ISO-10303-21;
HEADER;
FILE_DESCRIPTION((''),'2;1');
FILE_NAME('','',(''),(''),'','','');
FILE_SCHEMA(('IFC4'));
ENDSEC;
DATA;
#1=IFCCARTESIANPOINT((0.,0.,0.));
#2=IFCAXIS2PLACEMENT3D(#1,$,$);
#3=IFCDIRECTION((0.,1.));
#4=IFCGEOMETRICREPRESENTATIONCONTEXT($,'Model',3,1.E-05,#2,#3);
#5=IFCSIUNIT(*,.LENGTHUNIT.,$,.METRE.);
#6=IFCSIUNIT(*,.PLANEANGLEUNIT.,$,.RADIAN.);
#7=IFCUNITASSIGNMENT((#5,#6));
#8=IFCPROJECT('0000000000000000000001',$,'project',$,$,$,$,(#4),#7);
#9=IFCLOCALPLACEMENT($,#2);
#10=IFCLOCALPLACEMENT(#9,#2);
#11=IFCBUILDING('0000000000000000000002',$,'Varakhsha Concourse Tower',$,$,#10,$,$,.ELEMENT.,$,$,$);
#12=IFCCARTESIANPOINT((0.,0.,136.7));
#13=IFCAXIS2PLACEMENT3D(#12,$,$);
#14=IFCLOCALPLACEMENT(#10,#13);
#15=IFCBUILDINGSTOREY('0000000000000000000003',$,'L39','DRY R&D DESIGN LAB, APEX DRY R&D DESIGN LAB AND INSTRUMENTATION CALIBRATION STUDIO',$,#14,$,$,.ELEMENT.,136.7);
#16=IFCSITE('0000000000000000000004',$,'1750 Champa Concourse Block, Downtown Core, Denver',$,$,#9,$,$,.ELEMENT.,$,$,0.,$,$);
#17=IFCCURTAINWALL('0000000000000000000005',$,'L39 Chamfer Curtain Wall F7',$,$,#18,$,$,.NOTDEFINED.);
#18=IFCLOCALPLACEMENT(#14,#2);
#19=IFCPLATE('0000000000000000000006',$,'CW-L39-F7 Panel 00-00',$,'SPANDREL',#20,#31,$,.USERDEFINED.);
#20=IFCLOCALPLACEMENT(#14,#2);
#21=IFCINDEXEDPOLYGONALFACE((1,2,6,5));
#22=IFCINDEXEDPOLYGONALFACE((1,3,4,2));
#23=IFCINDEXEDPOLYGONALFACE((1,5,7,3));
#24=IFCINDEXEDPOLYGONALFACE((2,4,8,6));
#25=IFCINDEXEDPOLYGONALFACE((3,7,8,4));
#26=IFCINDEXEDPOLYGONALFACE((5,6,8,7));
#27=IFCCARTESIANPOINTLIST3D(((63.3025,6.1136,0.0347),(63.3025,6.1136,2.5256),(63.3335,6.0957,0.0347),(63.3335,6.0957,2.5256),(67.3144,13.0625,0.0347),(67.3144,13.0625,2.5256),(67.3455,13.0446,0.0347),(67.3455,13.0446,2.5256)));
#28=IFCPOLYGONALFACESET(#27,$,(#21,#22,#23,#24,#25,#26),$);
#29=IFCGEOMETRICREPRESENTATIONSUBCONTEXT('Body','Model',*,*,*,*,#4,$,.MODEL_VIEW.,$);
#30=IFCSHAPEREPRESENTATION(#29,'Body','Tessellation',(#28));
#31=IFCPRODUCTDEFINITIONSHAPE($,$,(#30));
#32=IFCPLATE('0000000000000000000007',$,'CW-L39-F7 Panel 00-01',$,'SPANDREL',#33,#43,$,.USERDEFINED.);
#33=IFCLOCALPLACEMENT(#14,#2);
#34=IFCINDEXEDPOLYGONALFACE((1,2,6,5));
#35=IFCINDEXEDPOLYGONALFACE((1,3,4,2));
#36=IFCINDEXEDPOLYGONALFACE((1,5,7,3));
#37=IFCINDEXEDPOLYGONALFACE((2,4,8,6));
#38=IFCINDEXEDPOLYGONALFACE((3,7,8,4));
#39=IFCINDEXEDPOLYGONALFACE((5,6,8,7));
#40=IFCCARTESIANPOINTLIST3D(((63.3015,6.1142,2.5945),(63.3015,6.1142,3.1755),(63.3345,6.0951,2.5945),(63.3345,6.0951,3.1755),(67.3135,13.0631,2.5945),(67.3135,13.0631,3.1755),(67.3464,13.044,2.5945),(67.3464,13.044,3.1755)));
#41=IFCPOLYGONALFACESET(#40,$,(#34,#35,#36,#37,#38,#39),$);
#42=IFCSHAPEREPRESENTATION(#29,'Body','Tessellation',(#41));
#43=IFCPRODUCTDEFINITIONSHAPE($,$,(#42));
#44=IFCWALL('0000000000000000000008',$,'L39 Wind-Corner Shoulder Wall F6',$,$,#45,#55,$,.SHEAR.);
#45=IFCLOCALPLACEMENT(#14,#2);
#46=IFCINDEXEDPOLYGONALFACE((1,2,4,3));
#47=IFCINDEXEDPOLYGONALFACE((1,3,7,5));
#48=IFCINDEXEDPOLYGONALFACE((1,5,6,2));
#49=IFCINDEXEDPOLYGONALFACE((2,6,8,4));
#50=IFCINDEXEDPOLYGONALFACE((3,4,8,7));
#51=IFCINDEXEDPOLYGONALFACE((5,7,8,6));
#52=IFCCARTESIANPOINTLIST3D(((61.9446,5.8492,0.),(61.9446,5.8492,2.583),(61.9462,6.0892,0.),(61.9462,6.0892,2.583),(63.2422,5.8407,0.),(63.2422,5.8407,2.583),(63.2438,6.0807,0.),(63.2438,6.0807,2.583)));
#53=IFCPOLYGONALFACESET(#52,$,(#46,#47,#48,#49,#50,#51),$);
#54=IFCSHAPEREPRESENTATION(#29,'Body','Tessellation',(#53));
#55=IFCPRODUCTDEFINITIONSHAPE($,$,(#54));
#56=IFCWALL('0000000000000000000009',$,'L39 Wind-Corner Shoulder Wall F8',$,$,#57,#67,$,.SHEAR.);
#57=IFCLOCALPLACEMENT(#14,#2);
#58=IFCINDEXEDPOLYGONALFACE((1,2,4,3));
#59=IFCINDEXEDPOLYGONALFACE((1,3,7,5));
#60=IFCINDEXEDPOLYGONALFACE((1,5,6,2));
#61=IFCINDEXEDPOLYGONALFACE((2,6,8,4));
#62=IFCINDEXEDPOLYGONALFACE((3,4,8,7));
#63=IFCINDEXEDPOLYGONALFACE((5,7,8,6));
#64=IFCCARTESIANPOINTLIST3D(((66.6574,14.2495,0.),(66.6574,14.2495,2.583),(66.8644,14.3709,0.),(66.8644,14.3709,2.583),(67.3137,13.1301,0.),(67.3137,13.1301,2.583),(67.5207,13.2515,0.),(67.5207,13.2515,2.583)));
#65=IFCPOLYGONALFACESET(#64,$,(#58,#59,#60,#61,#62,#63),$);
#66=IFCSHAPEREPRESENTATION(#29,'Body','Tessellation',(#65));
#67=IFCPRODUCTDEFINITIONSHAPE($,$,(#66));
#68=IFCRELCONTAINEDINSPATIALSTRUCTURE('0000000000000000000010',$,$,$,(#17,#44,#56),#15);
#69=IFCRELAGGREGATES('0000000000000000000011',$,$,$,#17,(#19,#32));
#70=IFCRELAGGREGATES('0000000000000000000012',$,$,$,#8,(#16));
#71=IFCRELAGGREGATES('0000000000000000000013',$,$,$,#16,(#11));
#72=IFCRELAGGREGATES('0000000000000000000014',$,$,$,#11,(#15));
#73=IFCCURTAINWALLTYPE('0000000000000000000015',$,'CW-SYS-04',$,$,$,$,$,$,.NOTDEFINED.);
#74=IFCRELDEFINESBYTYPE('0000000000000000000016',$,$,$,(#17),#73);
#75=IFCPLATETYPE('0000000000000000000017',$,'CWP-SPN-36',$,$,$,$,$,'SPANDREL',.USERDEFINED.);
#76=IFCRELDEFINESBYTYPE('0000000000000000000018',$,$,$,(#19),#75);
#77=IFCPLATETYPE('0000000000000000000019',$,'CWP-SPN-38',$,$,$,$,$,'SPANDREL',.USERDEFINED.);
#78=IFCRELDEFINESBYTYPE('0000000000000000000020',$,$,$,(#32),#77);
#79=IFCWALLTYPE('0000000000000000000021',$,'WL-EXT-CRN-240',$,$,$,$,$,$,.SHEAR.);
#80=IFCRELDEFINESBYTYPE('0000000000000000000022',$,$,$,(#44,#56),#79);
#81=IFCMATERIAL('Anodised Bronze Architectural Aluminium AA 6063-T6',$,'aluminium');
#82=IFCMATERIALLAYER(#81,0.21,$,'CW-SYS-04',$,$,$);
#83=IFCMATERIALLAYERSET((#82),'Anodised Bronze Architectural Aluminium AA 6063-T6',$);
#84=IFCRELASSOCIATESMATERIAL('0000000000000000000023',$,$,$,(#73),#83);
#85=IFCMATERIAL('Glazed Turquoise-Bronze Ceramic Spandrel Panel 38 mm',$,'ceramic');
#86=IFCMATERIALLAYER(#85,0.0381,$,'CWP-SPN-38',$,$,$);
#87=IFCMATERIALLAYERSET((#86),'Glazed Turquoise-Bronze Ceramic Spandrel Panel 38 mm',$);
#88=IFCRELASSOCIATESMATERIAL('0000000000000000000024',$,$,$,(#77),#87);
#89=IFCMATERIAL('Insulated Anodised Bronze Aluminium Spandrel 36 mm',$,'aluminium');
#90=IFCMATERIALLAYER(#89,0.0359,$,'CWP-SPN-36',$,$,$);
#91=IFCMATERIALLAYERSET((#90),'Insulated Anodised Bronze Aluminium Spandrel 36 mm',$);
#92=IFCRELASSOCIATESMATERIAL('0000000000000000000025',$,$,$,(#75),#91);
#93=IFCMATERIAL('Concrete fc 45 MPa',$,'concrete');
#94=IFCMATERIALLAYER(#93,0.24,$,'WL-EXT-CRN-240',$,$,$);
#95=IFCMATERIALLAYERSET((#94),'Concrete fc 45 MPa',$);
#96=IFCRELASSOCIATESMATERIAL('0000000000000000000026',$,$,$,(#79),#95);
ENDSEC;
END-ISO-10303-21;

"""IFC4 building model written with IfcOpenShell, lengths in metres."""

from ifc_helpers import new_model, si_unit, direction, frame, frame_2d, origin, origin_2d, place, context, subcontext, project, spatial, rectangle, extrude, source, transform, mapped, material, layer, layer_set, type_object, type_shapes, element, aggregate, save


model = new_model("IFC4")

# Units and contexts
model_context = context("Model", 3, precision=1e-05, world=origin(), true_north=direction((0.0, 1.0)))
body_context = subcontext(model_context, "Body", "Model", "MODEL_VIEW")
ifc_project = project(units=[si_unit("LENGTHUNIT", "METRE"), si_unit("PLANEANGLEUNIT", "RADIAN")], contexts=[model_context])

# Site, building, storey
site_placement = place(None, origin())
site = spatial("IfcSite", under=ifc_project, at=site_placement, Name="1750 Champa Concourse Block, Downtown Core, Denver", CompositionType="ELEMENT", RefElevation=0.0)
building_placement = place(site_placement, origin())
building = spatial("IfcBuilding", under=site, at=building_placement, Name="Varakhsha Concourse Tower", CompositionType="ELEMENT")
storey_placement = place(building_placement, frame((0.0, 0.0, 136.7)))
storey = spatial("IfcBuildingStorey", under=building, at=storey_placement, Name="L39", Description="DRY R&D DESIGN LAB, APEX DRY R&D DESIGN LAB AND INSTRUMENTATION CALIBRATION STUDIO", CompositionType="ELEMENT", Elevation=136.7)

# Shared definitions
ifc_material_1 = material(Name="Anodised Bronze Architectural Aluminium AA 6063-T6", Category="aluminium")
ifc_layer_1 = layer(ifc_material_1, 0.21, Name="CW-SYS-04")
ifc_layer_set_1 = layer_set([ifc_layer_1], Name="Anodised Bronze Architectural Aluminium AA 6063-T6")
curtain_wall_type = type_object("IfcCurtainWallType", Name="CW-SYS-04", PredefinedType="NOTDEFINED", material=ifc_layer_set_1)

# Curtain wall
curtain_wall_1_placement = place(storey_placement, origin())
curtain_wall_1 = element("IfcCurtainWall", 1, at=curtain_wall_1_placement, inside=storey, type_object=curtain_wall_type, Name="L39 Chamfer Curtain Wall F7", PredefinedType="NOTDEFINED")

# Plates
ifc_material_2 = material(Name="Glazed Turquoise-Bronze Ceramic Spandrel Panel 38 mm", Category="ceramic")
ifc_layer_2 = layer(ifc_material_2, 0.0381, Name="CWP-SPN-38")
ifc_layer_set_2 = layer_set([ifc_layer_2], Name="Glazed Turquoise-Bronze Ceramic Spandrel Panel 38 mm")
plate_type_1 = type_object("IfcPlateType", Name="CWP-SPN-38", ElementType="SPANDREL", PredefinedType="USERDEFINED", material=ifc_layer_set_2)
ifc_material_3 = material(Name="Insulated Anodised Bronze Aluminium Spandrel 36 mm", Category="aluminium")
ifc_layer_3 = layer(ifc_material_3, 0.0359, Name="CWP-SPN-36")
ifc_layer_set_3 = layer_set([ifc_layer_3], Name="Insulated Anodised Bronze Aluminium Spandrel 36 mm")
plate_type_2 = type_object("IfcPlateType", Name="CWP-SPN-36", ElementType="SPANDREL", PredefinedType="USERDEFINED", material=ifc_layer_set_3)
shared_shape_1 = source(origin(), body_context, "Body", "SweptSolid", [
    extrude(rectangle(XDim=8.0239, YDim=0.0359, at=origin_2d()), origin(), (0.0, 0.0, 1.0), 2.491),
])
type_shapes(plate_type_2, [shared_shape_1])
plate_1_placement = place(storey_placement, frame((65.324, 9.5791, 0.0347), z_axis=(0.0, 0.0, 1.0), x_axis=(-0.5, -0.866025, 0.0)))
plate_1 = element("IfcPlate", 2, at=plate_1_placement, type_object=plate_type_2, Name="CW-L39-F7 Panel 00-00", ObjectType="SPANDREL", PredefinedType="USERDEFINED", context=body_context, shape_type="MappedRepresentation", body=[
    mapped(shared_shape_1, transform((0.0, 0.0, 0.0), scale=1.0)),
])
shared_shape_2 = source(origin(), body_context, "Body", "SweptSolid", [
    extrude(rectangle(XDim=8.0239, YDim=0.0381, at=origin_2d()), origin(), (0.0, 0.0, 1.0), 0.5811),
])
plate_2_placement = place(storey_placement, frame((65.324, 9.5791, 2.5945), z_axis=(0.0, 0.0, 1.0), x_axis=(-0.5, -0.866025, 0.0)))
plate_2 = element("IfcPlate", 3, at=plate_2_placement, type_object=plate_type_1, Name="CW-L39-F7 Panel 00-01", ObjectType="SPANDREL", PredefinedType="USERDEFINED", context=body_context, shape_type="MappedRepresentation", body=[
    mapped(shared_shape_2, transform((0.0, 0.0, 0.0), scale=1.0)),
])
aggregate(curtain_wall_1, [plate_1, plate_2])

# Walls
ifc_material_4 = material(Name="Concrete fc 45 MPa", Category="concrete")
ifc_layer_4 = layer(ifc_material_4, 0.24, Name="WL-EXT-CRN-240")
ifc_layer_set_4 = layer_set([ifc_layer_4], Name="Concrete fc 45 MPa")
wall_type = type_object("IfcWallType", Name="WL-EXT-CRN-240", PredefinedType="SHEAR", material=ifc_layer_set_4)
for number, where, z_axis, x_axis, name in (
    (4, (61.9453, 5.9692, 0.0), (0.0, 0.0, 1.0), (0.999978, -0.006585, 0.0), "L39 Wind-Corner Shoulder Wall F6"),
    (5, (67.4172, 13.1907, 0.0), (0.0, 0.0, 1.0), (-0.505753, 0.862678, 0.0), "L39 Wind-Corner Shoulder Wall F8"),
):
    element("IfcWall", number, at=place(storey_placement, frame(where, z_axis=z_axis, x_axis=x_axis)), inside=storey, type_object=wall_type, Name=name, PredefinedType="SHEAR", context=body_context, shape_type="SweptSolid", body=[
        extrude(rectangle(XDim=1.2976, YDim=0.24, at=frame_2d((0.6489, 0.0))), origin(), (0.0, 0.0, 1.0), 2.583),
    ])

save(model, "model.ifc")
